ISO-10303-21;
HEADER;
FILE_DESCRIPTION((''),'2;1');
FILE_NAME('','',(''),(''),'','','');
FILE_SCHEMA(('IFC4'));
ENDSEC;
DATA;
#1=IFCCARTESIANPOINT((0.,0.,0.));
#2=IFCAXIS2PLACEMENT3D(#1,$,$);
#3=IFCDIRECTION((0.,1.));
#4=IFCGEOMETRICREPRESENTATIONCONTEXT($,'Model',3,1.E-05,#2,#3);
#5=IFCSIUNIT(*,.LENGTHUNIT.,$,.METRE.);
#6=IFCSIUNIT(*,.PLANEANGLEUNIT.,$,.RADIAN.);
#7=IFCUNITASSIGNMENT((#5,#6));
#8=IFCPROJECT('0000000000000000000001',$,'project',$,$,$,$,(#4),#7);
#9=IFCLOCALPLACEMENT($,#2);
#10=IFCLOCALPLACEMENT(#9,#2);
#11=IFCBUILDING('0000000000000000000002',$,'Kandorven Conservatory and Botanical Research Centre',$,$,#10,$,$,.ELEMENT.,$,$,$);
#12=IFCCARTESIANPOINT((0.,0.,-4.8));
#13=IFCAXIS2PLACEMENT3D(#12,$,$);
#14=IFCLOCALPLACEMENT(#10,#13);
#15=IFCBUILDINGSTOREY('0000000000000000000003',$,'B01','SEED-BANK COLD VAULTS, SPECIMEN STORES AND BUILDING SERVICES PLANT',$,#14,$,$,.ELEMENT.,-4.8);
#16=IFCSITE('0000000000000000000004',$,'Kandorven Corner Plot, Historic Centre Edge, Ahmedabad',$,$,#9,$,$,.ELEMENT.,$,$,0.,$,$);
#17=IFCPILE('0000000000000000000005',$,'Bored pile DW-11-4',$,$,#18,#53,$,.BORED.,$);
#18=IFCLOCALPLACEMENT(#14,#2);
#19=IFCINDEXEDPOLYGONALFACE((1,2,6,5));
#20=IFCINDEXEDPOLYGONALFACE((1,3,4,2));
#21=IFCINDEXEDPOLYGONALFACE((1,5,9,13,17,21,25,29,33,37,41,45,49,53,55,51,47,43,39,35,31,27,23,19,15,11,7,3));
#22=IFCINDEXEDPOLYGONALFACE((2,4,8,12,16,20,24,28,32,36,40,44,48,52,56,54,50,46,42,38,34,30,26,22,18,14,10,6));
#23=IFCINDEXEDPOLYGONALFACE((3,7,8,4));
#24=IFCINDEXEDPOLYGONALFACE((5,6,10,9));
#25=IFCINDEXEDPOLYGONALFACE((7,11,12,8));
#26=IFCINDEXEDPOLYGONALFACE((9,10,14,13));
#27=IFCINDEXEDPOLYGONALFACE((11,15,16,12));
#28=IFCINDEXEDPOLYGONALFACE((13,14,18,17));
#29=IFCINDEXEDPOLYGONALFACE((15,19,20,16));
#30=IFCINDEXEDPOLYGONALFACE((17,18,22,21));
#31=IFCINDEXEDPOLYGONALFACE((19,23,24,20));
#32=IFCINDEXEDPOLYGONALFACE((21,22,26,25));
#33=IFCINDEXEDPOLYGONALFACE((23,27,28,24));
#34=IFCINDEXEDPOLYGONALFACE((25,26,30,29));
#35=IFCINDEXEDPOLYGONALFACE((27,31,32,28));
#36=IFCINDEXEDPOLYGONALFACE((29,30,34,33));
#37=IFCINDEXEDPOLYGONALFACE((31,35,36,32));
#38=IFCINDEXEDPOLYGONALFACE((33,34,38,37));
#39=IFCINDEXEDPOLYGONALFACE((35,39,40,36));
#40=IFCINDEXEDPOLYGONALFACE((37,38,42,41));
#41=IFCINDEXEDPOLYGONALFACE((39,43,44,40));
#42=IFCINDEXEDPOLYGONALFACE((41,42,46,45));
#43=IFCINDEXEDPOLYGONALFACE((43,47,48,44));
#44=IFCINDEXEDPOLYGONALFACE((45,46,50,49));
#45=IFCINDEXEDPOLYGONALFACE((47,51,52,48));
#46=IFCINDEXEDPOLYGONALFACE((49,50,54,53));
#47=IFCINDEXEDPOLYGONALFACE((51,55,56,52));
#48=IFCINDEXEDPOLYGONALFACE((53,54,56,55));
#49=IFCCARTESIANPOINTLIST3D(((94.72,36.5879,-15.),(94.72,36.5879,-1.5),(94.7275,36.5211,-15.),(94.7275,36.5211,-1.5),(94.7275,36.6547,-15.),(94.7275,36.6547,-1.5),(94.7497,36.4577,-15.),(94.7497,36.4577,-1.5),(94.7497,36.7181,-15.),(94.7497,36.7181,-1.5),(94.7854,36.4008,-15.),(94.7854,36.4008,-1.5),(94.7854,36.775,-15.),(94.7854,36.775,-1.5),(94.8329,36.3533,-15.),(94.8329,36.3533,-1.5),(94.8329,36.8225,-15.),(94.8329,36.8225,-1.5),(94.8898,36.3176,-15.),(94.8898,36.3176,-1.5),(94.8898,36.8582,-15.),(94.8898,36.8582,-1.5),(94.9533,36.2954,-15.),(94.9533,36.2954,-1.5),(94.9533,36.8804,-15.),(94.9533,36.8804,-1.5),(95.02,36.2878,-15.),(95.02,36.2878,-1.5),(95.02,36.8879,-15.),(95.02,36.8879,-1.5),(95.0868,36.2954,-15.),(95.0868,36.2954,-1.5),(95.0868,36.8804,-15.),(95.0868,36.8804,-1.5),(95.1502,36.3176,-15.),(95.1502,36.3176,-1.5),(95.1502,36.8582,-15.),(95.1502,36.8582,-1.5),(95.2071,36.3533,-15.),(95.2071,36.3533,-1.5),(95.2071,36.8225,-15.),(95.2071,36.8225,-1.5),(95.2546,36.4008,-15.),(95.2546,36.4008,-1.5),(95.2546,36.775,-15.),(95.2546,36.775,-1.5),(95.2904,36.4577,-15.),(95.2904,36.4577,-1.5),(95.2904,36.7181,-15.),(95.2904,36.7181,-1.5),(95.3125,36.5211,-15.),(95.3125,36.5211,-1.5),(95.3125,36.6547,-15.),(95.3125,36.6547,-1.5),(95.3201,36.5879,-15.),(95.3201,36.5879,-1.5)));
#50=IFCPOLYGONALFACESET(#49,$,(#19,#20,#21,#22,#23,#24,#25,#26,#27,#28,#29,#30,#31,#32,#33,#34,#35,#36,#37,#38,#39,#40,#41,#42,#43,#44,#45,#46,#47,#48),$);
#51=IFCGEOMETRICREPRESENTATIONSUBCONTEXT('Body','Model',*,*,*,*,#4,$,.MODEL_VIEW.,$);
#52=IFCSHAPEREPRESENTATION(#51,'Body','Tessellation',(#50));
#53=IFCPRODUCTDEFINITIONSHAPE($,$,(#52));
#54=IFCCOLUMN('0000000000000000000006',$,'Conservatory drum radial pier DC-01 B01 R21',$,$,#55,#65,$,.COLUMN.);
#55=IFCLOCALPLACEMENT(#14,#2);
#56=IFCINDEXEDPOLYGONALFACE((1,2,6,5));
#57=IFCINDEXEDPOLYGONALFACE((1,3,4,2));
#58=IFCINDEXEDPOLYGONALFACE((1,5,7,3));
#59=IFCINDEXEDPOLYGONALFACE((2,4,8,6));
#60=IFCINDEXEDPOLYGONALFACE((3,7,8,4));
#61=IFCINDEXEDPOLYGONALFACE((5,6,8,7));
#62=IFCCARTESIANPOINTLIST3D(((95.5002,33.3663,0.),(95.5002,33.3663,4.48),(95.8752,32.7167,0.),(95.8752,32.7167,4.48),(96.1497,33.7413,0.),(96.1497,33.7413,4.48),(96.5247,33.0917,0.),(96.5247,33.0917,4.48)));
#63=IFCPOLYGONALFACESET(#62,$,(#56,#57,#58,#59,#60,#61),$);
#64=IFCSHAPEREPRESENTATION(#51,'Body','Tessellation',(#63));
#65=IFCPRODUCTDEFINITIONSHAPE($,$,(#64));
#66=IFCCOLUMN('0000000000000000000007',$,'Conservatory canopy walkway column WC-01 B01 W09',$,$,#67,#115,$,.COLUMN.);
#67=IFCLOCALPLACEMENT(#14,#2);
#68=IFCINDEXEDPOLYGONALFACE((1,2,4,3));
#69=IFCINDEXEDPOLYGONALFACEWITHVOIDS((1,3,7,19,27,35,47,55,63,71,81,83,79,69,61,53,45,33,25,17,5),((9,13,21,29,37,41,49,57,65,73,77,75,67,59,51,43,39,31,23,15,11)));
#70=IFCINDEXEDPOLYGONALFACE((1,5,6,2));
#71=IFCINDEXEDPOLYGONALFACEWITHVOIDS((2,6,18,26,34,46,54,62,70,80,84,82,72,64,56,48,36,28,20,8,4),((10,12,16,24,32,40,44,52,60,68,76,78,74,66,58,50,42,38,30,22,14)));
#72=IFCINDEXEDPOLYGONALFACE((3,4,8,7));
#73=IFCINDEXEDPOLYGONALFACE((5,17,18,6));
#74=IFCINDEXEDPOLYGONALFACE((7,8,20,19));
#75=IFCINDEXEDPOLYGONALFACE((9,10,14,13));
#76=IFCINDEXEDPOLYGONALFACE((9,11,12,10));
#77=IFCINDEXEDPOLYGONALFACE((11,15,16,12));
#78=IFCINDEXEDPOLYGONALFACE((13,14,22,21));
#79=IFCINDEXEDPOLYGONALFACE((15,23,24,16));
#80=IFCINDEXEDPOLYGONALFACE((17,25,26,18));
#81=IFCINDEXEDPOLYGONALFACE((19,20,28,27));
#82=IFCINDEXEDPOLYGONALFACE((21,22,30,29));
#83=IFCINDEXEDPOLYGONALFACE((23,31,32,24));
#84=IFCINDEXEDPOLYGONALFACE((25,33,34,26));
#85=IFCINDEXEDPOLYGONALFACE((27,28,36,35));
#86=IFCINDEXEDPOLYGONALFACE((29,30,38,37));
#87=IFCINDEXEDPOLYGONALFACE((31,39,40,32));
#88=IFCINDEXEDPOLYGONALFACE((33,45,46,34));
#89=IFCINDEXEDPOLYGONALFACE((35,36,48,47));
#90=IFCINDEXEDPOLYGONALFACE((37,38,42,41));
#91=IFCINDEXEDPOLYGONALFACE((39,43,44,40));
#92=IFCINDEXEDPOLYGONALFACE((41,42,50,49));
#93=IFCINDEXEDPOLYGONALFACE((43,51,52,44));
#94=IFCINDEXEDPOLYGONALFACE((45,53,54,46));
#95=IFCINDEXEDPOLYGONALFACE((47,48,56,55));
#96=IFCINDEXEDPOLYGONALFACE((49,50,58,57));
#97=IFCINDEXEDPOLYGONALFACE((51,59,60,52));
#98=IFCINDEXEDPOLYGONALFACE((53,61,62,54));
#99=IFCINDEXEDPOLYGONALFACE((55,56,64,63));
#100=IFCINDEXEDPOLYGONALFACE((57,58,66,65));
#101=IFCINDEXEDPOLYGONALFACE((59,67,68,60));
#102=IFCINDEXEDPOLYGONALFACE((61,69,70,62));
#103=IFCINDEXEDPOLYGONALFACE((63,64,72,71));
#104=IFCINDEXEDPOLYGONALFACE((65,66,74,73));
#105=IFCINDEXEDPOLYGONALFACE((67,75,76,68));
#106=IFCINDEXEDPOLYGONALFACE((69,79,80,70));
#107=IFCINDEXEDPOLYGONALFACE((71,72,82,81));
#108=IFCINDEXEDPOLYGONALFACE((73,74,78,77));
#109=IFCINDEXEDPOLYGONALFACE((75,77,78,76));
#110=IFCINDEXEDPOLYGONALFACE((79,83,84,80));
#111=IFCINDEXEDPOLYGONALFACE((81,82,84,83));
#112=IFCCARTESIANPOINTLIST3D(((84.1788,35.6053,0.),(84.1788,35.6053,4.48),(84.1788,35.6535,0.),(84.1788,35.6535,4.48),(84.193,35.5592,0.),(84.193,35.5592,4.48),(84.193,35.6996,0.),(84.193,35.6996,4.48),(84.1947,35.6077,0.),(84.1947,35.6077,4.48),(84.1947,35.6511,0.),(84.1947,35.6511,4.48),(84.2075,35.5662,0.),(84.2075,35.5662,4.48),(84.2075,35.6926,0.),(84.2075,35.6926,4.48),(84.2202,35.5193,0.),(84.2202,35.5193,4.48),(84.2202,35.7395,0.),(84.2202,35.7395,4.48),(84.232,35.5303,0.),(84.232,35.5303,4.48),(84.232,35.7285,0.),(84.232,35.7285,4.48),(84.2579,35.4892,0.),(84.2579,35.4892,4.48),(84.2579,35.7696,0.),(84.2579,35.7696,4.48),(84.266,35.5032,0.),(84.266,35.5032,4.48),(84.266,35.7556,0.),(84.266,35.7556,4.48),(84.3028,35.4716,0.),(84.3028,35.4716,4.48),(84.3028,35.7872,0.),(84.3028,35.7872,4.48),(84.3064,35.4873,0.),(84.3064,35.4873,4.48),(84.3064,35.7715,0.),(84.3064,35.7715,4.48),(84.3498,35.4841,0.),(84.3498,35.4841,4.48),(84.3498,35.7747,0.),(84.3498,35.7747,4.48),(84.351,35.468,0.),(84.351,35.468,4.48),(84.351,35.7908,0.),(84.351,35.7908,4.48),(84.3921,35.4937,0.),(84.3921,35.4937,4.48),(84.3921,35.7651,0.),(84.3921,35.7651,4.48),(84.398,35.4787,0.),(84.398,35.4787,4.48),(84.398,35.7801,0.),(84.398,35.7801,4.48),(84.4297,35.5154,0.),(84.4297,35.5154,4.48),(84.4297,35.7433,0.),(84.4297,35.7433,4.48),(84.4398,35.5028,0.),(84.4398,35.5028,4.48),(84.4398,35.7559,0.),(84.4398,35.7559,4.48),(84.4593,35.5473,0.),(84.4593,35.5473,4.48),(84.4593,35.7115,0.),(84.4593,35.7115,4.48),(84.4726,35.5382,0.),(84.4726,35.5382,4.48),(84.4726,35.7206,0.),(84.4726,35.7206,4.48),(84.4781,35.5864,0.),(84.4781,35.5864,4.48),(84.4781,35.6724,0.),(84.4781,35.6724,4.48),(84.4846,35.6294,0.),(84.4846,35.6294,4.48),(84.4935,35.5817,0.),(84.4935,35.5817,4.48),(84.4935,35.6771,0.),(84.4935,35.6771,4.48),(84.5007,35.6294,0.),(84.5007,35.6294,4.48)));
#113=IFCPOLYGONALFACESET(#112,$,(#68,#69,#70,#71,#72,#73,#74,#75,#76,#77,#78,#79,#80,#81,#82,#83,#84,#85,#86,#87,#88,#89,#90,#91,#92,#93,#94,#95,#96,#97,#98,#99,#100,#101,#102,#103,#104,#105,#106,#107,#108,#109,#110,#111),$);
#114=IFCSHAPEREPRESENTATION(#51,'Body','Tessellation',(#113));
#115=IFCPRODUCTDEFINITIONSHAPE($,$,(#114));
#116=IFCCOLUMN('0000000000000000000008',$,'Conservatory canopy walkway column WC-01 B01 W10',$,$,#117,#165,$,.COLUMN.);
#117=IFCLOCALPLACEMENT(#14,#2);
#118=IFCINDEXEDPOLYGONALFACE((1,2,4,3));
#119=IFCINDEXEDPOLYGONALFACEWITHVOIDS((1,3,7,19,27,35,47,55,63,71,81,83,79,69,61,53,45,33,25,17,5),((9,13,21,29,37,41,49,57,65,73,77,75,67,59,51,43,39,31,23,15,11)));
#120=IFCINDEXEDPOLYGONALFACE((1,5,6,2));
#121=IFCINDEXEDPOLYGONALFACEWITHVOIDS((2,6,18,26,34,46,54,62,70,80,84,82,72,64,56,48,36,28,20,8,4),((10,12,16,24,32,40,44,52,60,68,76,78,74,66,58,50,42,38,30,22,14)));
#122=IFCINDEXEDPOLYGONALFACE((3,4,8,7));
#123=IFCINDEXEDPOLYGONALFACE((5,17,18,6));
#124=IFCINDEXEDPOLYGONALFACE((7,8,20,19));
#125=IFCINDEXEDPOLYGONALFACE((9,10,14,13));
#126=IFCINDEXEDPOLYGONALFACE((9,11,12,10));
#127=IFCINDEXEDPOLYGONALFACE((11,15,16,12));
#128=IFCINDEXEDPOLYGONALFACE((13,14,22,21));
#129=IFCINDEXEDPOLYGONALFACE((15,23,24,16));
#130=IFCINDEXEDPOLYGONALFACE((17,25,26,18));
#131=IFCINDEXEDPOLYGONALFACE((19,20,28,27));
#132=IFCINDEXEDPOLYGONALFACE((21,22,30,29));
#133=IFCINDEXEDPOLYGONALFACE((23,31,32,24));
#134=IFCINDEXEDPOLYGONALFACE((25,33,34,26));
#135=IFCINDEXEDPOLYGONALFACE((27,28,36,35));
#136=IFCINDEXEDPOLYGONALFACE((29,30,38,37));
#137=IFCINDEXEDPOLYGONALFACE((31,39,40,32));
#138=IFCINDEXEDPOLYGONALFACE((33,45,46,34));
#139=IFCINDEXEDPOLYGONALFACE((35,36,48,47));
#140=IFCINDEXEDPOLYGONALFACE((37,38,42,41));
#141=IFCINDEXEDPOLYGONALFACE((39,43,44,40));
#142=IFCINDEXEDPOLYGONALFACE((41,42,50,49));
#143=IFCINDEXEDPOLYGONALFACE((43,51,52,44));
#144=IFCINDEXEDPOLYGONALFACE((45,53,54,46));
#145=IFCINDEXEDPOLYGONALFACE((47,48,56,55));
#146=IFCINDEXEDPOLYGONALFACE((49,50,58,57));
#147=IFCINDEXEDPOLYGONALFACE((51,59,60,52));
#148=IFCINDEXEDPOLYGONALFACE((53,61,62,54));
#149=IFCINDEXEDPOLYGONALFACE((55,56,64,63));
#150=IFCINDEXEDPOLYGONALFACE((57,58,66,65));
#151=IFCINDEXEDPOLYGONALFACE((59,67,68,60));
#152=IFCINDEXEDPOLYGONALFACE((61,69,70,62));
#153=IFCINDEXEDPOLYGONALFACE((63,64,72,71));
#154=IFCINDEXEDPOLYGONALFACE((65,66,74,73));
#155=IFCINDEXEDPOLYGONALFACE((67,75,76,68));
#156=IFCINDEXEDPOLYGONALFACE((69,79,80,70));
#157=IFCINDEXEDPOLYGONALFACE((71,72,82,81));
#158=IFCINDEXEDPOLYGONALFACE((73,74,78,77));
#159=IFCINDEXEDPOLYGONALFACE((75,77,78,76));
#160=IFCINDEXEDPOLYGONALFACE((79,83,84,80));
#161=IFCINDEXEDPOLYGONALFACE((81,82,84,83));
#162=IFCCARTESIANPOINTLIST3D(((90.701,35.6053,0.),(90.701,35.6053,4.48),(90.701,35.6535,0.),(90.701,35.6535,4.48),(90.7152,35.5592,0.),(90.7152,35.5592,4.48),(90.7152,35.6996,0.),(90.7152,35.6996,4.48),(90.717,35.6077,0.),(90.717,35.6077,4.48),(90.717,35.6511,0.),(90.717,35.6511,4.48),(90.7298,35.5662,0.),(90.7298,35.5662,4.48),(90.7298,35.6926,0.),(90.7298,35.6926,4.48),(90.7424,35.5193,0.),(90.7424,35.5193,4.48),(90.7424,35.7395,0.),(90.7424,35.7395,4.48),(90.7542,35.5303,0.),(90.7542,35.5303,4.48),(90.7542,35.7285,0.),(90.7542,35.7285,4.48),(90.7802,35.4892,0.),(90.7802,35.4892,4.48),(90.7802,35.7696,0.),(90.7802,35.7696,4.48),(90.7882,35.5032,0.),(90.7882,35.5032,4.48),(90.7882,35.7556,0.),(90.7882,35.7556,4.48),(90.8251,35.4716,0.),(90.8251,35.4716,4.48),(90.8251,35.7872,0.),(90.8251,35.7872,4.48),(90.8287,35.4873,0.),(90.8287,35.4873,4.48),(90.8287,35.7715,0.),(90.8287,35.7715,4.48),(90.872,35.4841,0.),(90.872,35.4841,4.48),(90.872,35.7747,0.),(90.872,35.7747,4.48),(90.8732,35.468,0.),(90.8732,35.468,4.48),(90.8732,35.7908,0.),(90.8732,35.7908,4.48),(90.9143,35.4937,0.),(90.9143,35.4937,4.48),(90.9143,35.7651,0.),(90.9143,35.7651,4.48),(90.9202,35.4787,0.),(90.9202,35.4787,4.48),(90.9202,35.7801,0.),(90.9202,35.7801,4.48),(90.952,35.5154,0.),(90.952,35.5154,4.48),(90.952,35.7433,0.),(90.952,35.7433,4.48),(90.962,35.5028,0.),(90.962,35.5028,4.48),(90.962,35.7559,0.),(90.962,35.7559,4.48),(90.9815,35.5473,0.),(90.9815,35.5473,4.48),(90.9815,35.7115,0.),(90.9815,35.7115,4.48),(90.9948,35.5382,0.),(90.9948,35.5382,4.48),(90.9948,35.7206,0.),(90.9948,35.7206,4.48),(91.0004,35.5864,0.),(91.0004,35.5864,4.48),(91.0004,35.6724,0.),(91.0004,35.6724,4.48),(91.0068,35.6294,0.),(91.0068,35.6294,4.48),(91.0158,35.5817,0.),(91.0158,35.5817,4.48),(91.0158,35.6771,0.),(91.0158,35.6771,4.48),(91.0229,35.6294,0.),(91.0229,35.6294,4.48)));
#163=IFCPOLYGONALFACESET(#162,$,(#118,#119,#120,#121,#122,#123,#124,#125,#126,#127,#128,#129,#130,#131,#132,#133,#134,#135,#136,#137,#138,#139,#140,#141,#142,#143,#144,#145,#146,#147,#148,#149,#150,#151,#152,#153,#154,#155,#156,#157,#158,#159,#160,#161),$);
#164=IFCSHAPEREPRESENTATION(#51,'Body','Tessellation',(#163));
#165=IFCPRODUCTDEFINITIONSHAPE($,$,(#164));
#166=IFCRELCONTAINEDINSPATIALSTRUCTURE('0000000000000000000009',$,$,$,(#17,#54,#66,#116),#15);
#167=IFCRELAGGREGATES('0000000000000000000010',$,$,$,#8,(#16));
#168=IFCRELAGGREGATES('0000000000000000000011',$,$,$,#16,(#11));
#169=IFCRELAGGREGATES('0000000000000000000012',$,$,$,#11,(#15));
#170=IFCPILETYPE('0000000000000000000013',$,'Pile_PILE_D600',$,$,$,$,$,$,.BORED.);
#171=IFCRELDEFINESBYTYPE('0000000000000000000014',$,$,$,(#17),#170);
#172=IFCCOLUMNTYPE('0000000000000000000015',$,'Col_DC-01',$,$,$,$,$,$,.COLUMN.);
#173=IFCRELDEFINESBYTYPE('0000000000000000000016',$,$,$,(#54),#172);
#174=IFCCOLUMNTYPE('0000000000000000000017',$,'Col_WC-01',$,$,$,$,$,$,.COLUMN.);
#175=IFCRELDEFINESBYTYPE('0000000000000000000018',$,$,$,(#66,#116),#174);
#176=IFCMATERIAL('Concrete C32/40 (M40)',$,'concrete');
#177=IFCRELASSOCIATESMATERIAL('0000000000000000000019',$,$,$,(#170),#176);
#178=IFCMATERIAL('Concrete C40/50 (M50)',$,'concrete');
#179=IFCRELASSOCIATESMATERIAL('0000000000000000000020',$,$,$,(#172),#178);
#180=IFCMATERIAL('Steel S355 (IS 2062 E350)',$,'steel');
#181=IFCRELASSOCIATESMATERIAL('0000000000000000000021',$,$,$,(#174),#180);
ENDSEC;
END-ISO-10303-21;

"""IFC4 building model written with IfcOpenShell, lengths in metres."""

from ifc_helpers import new_model, si_unit, direction, frame, origin, origin_2d, place, context, subcontext, project, spatial, rectangle, circle, hollow_circle, extrude, material, material_profile, profile_set, type_object, element, save


model = new_model("IFC4")

# Units and contexts
model_context = context("Model", 3, precision=1e-05, world=origin(), true_north=direction((0.0, 1.0)))
body_context = subcontext(model_context, "Body", "Model", "MODEL_VIEW")
ifc_project = project(units=[si_unit("LENGTHUNIT", "METRE"), si_unit("PLANEANGLEUNIT", "RADIAN")], contexts=[model_context])

# Site, building, storey
site_placement = place(None, origin())
site = spatial("IfcSite", under=ifc_project, at=site_placement, Name="Kandorven Corner Plot, Historic Centre Edge, Ahmedabad", CompositionType="ELEMENT", RefElevation=0.0)
building_placement = place(site_placement, origin())
building = spatial("IfcBuilding", under=site, at=building_placement, Name="Kandorven Conservatory and Botanical Research Centre", CompositionType="ELEMENT")
storey_placement = place(building_placement, frame((0.0, 0.0, -4.8)))
storey = spatial("IfcBuildingStorey", under=building, at=storey_placement, Name="B01", Description="SEED-BANK COLD VAULTS, SPECIMEN STORES AND BUILDING SERVICES PLANT", CompositionType="ELEMENT", Elevation=-4.8)

# Pile
ifc_material_1 = material(Name="Concrete C32/40 (M40)", Category="concrete")
ifc_material_profile_1 = material_profile(ifc_material_1, circle(Radius=0.3, at=origin_2d()))
ifc_profile_set_1 = profile_set([ifc_material_profile_1], Name="Concrete C32/40 (M40)")
pile_type = type_object("IfcPileType", Name="Pile_PILE_D600", PredefinedType="BORED", material=ifc_profile_set_1)
for number, where, z_axis, x_axis, name in (
    (1, (95.02, 36.5879, -1.5), (0.0, 0.0, -1.0), (1.0, 0.0, 0.0), "Bored pile DW-11-4"),
):
    element("IfcPile", number, at=place(storey_placement, frame(where, z_axis=z_axis, x_axis=x_axis)), inside=storey, type_object=pile_type, Name=name, PredefinedType="BORED", context=body_context, shape_type="SweptSolid", body=[
        extrude(circle(Radius=0.3, at=origin_2d()), origin(), (0.0, 0.0, 1.0), 13.5),
    ])

# Columns
ifc_material_2 = material(Name="Concrete C40/50 (M50)", Category="concrete")
ifc_material_profile_2 = material_profile(ifc_material_2, rectangle(XDim=0.75, YDim=0.75, at=origin_2d()))
ifc_profile_set_2 = profile_set([ifc_material_profile_2], Name="Concrete C40/50 (M50)")
column_type_1 = type_object("IfcColumnType", Name="Col_DC-01", PredefinedType="COLUMN", material=ifc_profile_set_2)
column_placement = place(storey_placement, frame((96.0125, 33.229, 0.0), z_axis=(0.0, 0.0, 1.0), x_axis=(0.5, -0.866025, 0.0)))
element("IfcColumn", 2, at=column_placement, inside=storey, type_object=column_type_1, Name="Conservatory drum radial pier DC-01 B01 R21", PredefinedType="COLUMN", context=body_context, shape_type="SweptSolid", body=[
    extrude(rectangle(XDim=0.75, YDim=0.75, at=origin_2d()), origin(), (0.0, 0.0, 1.0), 4.48),
])
ifc_material_3 = material(Name="Steel S355 (IS 2062 E350)", Category="steel")
ifc_material_profile_3 = material_profile(ifc_material_3, hollow_circle(Radius=0.1619, WallThickness=0.0161, at=origin_2d()))
ifc_profile_set_3 = profile_set([ifc_material_profile_3], Name="Steel S355 (IS 2062 E350)")
column_type_2 = type_object("IfcColumnType", Name="Col_WC-01", PredefinedType="COLUMN", material=ifc_profile_set_3)
for number, where, z_axis, x_axis, name in (
    (3, (84.3389, 35.6294, 0.0), (0.0, 0.0, 1.0), (1.0, 0.0, 0.0), "Conservatory canopy walkway column WC-01 B01 W09"),
    (4, (90.8611, 35.6294, 0.0), (0.0, 0.0, 1.0), (1.0, 0.0, 0.0), "Conservatory canopy walkway column WC-01 B01 W10"),
):
    element("IfcColumn", number, at=place(storey_placement, frame(where, z_axis=z_axis, x_axis=x_axis)), inside=storey, type_object=column_type_2, Name=name, PredefinedType="COLUMN", context=body_context, shape_type="SweptSolid", body=[
        extrude(hollow_circle(Radius=0.1619, WallThickness=0.0161, at=origin_2d()), origin(), (0.0, 0.0, 1.0), 4.48),
    ])

save(model, "model.ifc")
